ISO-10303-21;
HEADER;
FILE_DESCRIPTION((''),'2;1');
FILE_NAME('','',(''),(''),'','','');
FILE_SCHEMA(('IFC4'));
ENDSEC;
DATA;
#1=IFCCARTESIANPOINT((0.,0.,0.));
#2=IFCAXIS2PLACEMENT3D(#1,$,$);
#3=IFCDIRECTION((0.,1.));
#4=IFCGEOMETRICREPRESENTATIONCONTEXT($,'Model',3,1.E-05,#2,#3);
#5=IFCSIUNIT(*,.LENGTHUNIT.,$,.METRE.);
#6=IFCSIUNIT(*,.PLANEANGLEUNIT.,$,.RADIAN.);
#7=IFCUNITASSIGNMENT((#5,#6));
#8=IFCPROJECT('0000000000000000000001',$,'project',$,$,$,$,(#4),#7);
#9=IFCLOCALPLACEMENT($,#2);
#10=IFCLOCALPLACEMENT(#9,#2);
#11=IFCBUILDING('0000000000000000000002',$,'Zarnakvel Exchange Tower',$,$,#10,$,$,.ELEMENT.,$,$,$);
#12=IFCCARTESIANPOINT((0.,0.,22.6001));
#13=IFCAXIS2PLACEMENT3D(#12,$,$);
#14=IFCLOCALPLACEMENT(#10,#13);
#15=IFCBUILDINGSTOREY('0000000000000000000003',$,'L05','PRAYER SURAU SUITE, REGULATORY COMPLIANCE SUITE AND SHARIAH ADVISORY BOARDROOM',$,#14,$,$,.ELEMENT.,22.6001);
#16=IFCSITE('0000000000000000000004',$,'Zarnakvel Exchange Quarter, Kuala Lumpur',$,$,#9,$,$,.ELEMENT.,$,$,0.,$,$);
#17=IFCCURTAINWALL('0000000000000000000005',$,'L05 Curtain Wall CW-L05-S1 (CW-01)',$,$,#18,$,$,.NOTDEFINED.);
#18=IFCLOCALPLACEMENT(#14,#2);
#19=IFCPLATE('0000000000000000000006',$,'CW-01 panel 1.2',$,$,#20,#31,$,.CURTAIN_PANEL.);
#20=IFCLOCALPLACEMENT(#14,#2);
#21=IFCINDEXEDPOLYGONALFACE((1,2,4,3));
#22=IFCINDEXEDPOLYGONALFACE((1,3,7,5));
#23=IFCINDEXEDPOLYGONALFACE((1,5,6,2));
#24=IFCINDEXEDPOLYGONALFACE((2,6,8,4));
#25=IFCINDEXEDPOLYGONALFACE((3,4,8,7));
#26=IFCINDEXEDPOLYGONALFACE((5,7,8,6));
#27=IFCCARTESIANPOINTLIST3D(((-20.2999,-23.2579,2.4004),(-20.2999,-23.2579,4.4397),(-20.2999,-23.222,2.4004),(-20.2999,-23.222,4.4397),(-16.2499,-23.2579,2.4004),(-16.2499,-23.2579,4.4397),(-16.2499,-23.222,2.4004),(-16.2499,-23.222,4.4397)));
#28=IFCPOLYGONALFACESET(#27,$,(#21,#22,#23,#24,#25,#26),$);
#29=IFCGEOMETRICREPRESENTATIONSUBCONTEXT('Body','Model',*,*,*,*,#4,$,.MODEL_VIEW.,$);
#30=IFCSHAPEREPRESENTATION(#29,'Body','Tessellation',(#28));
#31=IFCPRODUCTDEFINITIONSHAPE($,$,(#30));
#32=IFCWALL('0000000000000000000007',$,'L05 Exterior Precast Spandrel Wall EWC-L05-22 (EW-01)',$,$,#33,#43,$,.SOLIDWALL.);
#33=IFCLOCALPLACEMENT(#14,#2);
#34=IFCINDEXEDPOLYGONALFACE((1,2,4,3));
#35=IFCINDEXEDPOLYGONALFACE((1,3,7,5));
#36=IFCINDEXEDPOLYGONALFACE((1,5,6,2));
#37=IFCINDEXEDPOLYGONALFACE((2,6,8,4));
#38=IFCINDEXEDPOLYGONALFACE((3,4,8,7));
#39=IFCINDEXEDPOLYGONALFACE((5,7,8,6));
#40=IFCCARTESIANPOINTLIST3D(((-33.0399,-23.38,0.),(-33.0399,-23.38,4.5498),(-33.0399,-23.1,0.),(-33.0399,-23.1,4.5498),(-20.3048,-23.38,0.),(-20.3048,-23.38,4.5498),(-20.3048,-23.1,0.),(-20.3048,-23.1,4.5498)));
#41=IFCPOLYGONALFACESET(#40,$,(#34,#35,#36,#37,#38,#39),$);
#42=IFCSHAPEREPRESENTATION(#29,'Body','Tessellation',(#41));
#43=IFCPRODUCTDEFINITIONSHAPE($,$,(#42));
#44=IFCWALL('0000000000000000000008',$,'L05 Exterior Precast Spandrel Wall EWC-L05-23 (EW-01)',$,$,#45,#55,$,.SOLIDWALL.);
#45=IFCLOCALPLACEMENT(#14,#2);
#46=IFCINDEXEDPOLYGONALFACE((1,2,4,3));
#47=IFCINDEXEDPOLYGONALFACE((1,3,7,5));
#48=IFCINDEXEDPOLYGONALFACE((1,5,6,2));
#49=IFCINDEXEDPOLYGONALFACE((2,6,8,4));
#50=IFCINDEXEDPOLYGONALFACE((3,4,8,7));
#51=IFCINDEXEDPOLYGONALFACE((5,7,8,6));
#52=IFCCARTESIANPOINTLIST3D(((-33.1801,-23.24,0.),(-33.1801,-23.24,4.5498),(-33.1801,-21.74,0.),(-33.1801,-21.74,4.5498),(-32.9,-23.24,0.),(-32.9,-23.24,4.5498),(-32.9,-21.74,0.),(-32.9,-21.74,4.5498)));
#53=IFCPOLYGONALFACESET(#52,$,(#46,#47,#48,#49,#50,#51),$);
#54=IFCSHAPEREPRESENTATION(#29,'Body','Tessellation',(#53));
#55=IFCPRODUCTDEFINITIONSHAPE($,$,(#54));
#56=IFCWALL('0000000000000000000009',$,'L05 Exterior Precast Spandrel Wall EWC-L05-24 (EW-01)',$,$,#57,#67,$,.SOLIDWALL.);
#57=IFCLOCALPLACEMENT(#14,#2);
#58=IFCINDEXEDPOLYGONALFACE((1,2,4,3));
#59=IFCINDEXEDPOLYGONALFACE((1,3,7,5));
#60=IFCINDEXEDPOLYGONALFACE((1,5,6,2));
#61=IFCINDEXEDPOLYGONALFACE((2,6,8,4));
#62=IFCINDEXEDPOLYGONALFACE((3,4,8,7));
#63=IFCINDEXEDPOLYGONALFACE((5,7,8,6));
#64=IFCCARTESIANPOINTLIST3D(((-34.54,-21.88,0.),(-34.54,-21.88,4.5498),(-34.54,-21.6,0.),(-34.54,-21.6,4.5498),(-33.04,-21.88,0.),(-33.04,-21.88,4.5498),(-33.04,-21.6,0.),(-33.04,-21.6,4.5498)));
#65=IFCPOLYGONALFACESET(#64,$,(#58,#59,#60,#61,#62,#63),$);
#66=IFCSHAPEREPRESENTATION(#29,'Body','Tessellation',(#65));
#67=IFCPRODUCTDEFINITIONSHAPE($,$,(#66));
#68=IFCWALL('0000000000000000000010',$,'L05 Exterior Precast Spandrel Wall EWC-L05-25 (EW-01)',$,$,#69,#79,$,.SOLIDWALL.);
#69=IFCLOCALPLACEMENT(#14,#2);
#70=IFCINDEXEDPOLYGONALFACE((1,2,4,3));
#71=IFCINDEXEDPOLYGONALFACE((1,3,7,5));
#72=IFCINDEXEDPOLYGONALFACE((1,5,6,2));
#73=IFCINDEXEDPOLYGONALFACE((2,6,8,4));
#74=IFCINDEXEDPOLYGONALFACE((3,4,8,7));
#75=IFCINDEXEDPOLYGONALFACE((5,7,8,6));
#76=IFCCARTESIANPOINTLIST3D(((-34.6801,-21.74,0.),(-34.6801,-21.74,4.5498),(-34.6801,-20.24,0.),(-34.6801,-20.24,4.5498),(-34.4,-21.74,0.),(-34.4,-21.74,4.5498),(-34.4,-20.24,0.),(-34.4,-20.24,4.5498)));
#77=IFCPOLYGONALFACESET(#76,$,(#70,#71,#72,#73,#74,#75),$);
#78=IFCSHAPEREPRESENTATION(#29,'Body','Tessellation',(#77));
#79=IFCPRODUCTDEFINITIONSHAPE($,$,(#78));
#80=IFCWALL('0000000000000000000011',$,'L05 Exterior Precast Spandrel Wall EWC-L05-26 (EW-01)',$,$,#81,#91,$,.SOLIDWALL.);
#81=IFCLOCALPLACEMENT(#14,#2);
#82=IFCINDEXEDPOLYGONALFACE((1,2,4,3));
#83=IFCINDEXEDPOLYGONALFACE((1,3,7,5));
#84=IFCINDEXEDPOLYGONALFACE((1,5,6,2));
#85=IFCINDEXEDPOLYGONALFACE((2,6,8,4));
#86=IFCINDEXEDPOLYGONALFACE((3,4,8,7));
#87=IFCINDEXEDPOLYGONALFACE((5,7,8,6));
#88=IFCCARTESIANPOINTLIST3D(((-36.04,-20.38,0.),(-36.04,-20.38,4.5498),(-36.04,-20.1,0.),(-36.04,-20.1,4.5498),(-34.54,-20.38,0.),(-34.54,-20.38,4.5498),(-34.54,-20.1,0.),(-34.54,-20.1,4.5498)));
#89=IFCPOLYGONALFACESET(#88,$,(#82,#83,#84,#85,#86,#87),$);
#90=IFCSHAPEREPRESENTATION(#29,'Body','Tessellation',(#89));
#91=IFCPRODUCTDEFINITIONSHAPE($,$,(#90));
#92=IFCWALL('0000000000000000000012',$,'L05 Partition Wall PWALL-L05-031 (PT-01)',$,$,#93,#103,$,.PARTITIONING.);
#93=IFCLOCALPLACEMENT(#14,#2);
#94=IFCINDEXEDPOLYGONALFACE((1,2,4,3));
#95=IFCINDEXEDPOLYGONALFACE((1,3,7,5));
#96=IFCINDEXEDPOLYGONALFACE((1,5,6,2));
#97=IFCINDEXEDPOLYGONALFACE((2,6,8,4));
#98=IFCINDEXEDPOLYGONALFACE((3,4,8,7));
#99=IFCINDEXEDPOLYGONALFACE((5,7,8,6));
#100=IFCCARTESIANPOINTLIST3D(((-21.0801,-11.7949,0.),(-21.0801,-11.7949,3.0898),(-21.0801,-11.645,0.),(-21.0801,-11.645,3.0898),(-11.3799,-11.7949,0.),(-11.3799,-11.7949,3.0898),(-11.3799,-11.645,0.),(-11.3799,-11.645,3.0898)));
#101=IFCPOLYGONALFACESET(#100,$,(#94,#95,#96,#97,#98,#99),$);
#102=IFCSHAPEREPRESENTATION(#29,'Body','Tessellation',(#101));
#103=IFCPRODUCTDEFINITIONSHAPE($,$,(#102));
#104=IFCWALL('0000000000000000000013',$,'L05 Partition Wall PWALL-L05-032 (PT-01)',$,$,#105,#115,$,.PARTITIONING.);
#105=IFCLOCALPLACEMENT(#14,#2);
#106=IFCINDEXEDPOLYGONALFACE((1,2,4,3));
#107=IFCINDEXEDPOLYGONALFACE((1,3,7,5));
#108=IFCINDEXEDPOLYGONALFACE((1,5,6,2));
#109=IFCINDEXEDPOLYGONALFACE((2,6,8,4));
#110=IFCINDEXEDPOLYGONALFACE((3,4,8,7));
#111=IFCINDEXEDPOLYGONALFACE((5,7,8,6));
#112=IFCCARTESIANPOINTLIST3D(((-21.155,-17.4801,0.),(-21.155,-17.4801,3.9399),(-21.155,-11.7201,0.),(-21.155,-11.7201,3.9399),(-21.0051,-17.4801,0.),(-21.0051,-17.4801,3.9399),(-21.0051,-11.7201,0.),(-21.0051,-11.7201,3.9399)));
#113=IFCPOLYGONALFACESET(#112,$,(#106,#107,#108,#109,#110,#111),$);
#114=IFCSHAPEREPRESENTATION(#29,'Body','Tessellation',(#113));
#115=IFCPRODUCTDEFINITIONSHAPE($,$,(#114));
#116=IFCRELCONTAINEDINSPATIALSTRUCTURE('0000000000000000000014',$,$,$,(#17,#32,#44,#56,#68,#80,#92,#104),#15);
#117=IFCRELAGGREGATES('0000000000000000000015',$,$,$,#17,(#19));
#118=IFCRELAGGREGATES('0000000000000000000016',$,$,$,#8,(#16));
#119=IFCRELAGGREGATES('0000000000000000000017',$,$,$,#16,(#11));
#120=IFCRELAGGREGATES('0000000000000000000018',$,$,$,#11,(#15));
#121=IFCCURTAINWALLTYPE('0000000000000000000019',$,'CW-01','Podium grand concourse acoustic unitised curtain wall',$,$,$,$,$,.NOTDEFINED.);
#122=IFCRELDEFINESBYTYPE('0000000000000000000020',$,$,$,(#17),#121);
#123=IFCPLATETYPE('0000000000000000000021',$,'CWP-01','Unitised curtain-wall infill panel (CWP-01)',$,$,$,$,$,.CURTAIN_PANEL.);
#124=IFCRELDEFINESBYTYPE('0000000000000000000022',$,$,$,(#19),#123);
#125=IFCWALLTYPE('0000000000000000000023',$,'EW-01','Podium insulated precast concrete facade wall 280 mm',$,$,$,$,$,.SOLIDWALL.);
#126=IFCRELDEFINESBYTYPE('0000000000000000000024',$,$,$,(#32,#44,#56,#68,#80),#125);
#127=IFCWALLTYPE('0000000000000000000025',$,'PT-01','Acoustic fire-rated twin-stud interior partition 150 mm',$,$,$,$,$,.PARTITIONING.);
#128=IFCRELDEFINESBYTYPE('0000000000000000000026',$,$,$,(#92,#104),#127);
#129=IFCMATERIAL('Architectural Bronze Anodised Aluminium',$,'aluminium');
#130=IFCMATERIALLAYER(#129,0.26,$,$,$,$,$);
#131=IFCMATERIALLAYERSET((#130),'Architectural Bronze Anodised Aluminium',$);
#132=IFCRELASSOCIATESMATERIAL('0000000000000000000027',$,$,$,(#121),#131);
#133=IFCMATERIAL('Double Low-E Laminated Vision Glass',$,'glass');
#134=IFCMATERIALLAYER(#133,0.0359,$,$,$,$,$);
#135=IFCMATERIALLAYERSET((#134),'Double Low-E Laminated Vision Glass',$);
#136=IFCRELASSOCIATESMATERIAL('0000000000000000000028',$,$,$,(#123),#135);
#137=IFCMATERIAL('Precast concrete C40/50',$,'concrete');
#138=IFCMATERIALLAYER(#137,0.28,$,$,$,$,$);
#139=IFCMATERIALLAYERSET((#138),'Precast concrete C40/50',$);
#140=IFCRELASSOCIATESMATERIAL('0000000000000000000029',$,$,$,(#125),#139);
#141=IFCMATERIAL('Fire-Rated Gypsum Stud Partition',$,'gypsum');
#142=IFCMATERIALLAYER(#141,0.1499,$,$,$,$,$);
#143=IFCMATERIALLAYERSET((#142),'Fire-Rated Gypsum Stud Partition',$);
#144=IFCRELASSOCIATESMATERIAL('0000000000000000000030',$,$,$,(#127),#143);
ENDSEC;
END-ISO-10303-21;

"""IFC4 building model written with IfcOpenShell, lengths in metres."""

from ifc_helpers import new_model, si_unit, direction, frame, frame_2d, origin, origin_2d, place, context, subcontext, project, spatial, rectangle, extrude, source, transform, mapped, material, layer, layer_set, type_object, element, aggregate, save


model = new_model("IFC4")

# Units and contexts
model_context = context("Model", 3, precision=1e-05, world=origin(), true_north=direction((0.0, 1.0)))
body_context = subcontext(model_context, "Body", "Model", "MODEL_VIEW")
ifc_project = project(units=[si_unit("LENGTHUNIT", "METRE"), si_unit("PLANEANGLEUNIT", "RADIAN")], contexts=[model_context])

# Site, building, storey
site_placement = place(None, origin())
site = spatial("IfcSite", under=ifc_project, at=site_placement, Name="Zarnakvel Exchange Quarter, Kuala Lumpur", CompositionType="ELEMENT", RefElevation=0.0)
building_placement = place(site_placement, origin())
building = spatial("IfcBuilding", under=site, at=building_placement, Name="Zarnakvel Exchange Tower", CompositionType="ELEMENT")
storey_placement = place(building_placement, frame((0.0, 0.0, 22.6001)))
storey = spatial("IfcBuildingStorey", under=building, at=storey_placement, Name="L05", Description="PRAYER SURAU SUITE, REGULATORY COMPLIANCE SUITE AND SHARIAH ADVISORY BOARDROOM", CompositionType="ELEMENT", Elevation=22.6001)

# Curtain wall, plate
ifc_material_1 = material(Name="Architectural Bronze Anodised Aluminium", Category="aluminium")
ifc_layer_1 = layer(ifc_material_1, 0.26)
ifc_layer_set_1 = layer_set([ifc_layer_1], Name="Architectural Bronze Anodised Aluminium")
curtain_wall_type = type_object("IfcCurtainWallType", Name="CW-01", Description="Podium grand concourse acoustic unitised curtain wall", PredefinedType="NOTDEFINED", material=ifc_layer_set_1)
curtain_wall_placement = place(storey_placement, origin())
curtain_wall = element("IfcCurtainWall", 1, at=curtain_wall_placement, inside=storey, type_object=curtain_wall_type, Name="L05 Curtain Wall CW-L05-S1 (CW-01)", PredefinedType="NOTDEFINED")
ifc_material_2 = material(Name="Double Low-E Laminated Vision Glass", Category="glass")
ifc_layer_2 = layer(ifc_material_2, 0.0359)
ifc_layer_set_2 = layer_set([ifc_layer_2], Name="Double Low-E Laminated Vision Glass")
plate_type = type_object("IfcPlateType", Name="CWP-01", Description="Unitised curtain-wall infill panel (CWP-01)", PredefinedType="CURTAIN_PANEL", material=ifc_layer_set_2)
shared_shape_1 = source(origin(), body_context, "Body", "SweptSolid", [
    extrude(rectangle(XDim=4.05, YDim=0.0359, at=origin_2d()), origin(), (0.0, 0.0, 1.0), 2.0393),
])
plate_1_placement = place(storey_placement, frame((-18.2749, -23.24, 2.4004), z_axis=(0.0, 0.0, 1.0), x_axis=(1.0, 0.0, 0.0)))
plate_1 = element("IfcPlate", 2, at=plate_1_placement, type_object=plate_type, Name="CW-01 panel 1.2", PredefinedType="CURTAIN_PANEL", context=body_context, shape_type="MappedRepresentation", body=[
    mapped(shared_shape_1, transform((0.0, 0.0, 0.0), x_axis=(1.0, 0.0, 0.0), y_axis=(0.0, 1.0, 0.0), z_axis=(0.0, 0.0, 1.0), scale=1.0)),
])
aggregate(curtain_wall, [plate_1])

# Walls
ifc_material_3 = material(Name="Precast concrete C40/50", Category="concrete")
ifc_layer_3 = layer(ifc_material_3, 0.28)
ifc_layer_set_3 = layer_set([ifc_layer_3], Name="Precast concrete C40/50")
wall_type_1 = type_object("IfcWallType", Name="EW-01", Description="Podium insulated precast concrete facade wall 280 mm", PredefinedType="SOLIDWALL", material=ifc_layer_set_3)
wall_1_placement = place(storey_placement, frame((-33.04, -23.24, 0.0), z_axis=(0.0, 0.0, 1.0), x_axis=(1.0, 0.0, 0.0)))
element("IfcWall", 3, at=wall_1_placement, inside=storey, type_object=wall_type_1, Name="L05 Exterior Precast Spandrel Wall EWC-L05-22 (EW-01)", PredefinedType="SOLIDWALL", context=body_context, shape_type="SweptSolid", body=[
    extrude(rectangle(XDim=12.7351, YDim=0.28, at=frame_2d((6.3677, 0.0))), origin(), (0.0, 0.0, 1.0), 4.5498),
])
for number, where, z_axis, x_axis, name in (
    (4, (-33.04, -21.74, 0.0), (0.0, 0.0, 1.0), (0.0, -1.0, 0.0), "L05 Exterior Precast Spandrel Wall EWC-L05-23 (EW-01)"),
    (5, (-34.54, -21.74, 0.0), (0.0, 0.0, 1.0), (1.0, 0.0, 0.0), "L05 Exterior Precast Spandrel Wall EWC-L05-24 (EW-01)"),
    (6, (-34.54, -20.24, 0.0), (0.0, 0.0, 1.0), (0.0, -1.0, 0.0), "L05 Exterior Precast Spandrel Wall EWC-L05-25 (EW-01)"),
    (7, (-36.04, -20.24, 0.0), (0.0, 0.0, 1.0), (1.0, 0.0, 0.0), "L05 Exterior Precast Spandrel Wall EWC-L05-26 (EW-01)"),
):
    element("IfcWall", number, at=place(storey_placement, frame(where, z_axis=z_axis, x_axis=x_axis)), inside=storey, type_object=wall_type_1, Name=name, PredefinedType="SOLIDWALL", context=body_context, shape_type="SweptSolid", body=[
        extrude(rectangle(XDim=1.5, YDim=0.28, at=frame_2d((0.75, 0.0))), origin(), (0.0, 0.0, 1.0), 4.5498),
    ])
ifc_material_4 = material(Name="Fire-Rated Gypsum Stud Partition", Category="gypsum")
ifc_layer_4 = layer(ifc_material_4, 0.1499)
ifc_layer_set_4 = layer_set([ifc_layer_4], Name="Fire-Rated Gypsum Stud Partition")
wall_type_2 = type_object("IfcWallType", Name="PT-01", Description="Acoustic fire-rated twin-stud interior partition 150 mm", PredefinedType="PARTITIONING", material=ifc_layer_set_4)
wall_2_placement = place(storey_placement, frame((-21.0801, -11.72, 0.0), z_axis=(0.0, 0.0, 1.0), x_axis=(1.0, 0.0, 0.0)))
element("IfcWall", 8, at=wall_2_placement, inside=storey, type_object=wall_type_2, Name="L05 Partition Wall PWALL-L05-031 (PT-01)", PredefinedType="PARTITIONING", context=body_context, shape_type="SweptSolid", body=[
    extrude(rectangle(XDim=9.7002, YDim=0.1499, at=frame_2d((4.8501, 0.0))), origin(), (0.0, 0.0, 1.0), 3.0898),
])
wall_3_placement = place(storey_placement, frame((-21.0801, -17.48, 0.0), z_axis=(0.0, 0.0, 1.0), x_axis=(0.0, 1.0, 0.0)))
element("IfcWall", 9, at=wall_3_placement, inside=storey, type_object=wall_type_2, Name="L05 Partition Wall PWALL-L05-032 (PT-01)", PredefinedType="PARTITIONING", context=body_context, shape_type="SweptSolid", body=[
    extrude(rectangle(XDim=5.76, YDim=0.1499, at=frame_2d((2.8799, 0.0))), origin(), (0.0, 0.0, 1.0), 3.9399),
])

save(model, "model.ifc")
